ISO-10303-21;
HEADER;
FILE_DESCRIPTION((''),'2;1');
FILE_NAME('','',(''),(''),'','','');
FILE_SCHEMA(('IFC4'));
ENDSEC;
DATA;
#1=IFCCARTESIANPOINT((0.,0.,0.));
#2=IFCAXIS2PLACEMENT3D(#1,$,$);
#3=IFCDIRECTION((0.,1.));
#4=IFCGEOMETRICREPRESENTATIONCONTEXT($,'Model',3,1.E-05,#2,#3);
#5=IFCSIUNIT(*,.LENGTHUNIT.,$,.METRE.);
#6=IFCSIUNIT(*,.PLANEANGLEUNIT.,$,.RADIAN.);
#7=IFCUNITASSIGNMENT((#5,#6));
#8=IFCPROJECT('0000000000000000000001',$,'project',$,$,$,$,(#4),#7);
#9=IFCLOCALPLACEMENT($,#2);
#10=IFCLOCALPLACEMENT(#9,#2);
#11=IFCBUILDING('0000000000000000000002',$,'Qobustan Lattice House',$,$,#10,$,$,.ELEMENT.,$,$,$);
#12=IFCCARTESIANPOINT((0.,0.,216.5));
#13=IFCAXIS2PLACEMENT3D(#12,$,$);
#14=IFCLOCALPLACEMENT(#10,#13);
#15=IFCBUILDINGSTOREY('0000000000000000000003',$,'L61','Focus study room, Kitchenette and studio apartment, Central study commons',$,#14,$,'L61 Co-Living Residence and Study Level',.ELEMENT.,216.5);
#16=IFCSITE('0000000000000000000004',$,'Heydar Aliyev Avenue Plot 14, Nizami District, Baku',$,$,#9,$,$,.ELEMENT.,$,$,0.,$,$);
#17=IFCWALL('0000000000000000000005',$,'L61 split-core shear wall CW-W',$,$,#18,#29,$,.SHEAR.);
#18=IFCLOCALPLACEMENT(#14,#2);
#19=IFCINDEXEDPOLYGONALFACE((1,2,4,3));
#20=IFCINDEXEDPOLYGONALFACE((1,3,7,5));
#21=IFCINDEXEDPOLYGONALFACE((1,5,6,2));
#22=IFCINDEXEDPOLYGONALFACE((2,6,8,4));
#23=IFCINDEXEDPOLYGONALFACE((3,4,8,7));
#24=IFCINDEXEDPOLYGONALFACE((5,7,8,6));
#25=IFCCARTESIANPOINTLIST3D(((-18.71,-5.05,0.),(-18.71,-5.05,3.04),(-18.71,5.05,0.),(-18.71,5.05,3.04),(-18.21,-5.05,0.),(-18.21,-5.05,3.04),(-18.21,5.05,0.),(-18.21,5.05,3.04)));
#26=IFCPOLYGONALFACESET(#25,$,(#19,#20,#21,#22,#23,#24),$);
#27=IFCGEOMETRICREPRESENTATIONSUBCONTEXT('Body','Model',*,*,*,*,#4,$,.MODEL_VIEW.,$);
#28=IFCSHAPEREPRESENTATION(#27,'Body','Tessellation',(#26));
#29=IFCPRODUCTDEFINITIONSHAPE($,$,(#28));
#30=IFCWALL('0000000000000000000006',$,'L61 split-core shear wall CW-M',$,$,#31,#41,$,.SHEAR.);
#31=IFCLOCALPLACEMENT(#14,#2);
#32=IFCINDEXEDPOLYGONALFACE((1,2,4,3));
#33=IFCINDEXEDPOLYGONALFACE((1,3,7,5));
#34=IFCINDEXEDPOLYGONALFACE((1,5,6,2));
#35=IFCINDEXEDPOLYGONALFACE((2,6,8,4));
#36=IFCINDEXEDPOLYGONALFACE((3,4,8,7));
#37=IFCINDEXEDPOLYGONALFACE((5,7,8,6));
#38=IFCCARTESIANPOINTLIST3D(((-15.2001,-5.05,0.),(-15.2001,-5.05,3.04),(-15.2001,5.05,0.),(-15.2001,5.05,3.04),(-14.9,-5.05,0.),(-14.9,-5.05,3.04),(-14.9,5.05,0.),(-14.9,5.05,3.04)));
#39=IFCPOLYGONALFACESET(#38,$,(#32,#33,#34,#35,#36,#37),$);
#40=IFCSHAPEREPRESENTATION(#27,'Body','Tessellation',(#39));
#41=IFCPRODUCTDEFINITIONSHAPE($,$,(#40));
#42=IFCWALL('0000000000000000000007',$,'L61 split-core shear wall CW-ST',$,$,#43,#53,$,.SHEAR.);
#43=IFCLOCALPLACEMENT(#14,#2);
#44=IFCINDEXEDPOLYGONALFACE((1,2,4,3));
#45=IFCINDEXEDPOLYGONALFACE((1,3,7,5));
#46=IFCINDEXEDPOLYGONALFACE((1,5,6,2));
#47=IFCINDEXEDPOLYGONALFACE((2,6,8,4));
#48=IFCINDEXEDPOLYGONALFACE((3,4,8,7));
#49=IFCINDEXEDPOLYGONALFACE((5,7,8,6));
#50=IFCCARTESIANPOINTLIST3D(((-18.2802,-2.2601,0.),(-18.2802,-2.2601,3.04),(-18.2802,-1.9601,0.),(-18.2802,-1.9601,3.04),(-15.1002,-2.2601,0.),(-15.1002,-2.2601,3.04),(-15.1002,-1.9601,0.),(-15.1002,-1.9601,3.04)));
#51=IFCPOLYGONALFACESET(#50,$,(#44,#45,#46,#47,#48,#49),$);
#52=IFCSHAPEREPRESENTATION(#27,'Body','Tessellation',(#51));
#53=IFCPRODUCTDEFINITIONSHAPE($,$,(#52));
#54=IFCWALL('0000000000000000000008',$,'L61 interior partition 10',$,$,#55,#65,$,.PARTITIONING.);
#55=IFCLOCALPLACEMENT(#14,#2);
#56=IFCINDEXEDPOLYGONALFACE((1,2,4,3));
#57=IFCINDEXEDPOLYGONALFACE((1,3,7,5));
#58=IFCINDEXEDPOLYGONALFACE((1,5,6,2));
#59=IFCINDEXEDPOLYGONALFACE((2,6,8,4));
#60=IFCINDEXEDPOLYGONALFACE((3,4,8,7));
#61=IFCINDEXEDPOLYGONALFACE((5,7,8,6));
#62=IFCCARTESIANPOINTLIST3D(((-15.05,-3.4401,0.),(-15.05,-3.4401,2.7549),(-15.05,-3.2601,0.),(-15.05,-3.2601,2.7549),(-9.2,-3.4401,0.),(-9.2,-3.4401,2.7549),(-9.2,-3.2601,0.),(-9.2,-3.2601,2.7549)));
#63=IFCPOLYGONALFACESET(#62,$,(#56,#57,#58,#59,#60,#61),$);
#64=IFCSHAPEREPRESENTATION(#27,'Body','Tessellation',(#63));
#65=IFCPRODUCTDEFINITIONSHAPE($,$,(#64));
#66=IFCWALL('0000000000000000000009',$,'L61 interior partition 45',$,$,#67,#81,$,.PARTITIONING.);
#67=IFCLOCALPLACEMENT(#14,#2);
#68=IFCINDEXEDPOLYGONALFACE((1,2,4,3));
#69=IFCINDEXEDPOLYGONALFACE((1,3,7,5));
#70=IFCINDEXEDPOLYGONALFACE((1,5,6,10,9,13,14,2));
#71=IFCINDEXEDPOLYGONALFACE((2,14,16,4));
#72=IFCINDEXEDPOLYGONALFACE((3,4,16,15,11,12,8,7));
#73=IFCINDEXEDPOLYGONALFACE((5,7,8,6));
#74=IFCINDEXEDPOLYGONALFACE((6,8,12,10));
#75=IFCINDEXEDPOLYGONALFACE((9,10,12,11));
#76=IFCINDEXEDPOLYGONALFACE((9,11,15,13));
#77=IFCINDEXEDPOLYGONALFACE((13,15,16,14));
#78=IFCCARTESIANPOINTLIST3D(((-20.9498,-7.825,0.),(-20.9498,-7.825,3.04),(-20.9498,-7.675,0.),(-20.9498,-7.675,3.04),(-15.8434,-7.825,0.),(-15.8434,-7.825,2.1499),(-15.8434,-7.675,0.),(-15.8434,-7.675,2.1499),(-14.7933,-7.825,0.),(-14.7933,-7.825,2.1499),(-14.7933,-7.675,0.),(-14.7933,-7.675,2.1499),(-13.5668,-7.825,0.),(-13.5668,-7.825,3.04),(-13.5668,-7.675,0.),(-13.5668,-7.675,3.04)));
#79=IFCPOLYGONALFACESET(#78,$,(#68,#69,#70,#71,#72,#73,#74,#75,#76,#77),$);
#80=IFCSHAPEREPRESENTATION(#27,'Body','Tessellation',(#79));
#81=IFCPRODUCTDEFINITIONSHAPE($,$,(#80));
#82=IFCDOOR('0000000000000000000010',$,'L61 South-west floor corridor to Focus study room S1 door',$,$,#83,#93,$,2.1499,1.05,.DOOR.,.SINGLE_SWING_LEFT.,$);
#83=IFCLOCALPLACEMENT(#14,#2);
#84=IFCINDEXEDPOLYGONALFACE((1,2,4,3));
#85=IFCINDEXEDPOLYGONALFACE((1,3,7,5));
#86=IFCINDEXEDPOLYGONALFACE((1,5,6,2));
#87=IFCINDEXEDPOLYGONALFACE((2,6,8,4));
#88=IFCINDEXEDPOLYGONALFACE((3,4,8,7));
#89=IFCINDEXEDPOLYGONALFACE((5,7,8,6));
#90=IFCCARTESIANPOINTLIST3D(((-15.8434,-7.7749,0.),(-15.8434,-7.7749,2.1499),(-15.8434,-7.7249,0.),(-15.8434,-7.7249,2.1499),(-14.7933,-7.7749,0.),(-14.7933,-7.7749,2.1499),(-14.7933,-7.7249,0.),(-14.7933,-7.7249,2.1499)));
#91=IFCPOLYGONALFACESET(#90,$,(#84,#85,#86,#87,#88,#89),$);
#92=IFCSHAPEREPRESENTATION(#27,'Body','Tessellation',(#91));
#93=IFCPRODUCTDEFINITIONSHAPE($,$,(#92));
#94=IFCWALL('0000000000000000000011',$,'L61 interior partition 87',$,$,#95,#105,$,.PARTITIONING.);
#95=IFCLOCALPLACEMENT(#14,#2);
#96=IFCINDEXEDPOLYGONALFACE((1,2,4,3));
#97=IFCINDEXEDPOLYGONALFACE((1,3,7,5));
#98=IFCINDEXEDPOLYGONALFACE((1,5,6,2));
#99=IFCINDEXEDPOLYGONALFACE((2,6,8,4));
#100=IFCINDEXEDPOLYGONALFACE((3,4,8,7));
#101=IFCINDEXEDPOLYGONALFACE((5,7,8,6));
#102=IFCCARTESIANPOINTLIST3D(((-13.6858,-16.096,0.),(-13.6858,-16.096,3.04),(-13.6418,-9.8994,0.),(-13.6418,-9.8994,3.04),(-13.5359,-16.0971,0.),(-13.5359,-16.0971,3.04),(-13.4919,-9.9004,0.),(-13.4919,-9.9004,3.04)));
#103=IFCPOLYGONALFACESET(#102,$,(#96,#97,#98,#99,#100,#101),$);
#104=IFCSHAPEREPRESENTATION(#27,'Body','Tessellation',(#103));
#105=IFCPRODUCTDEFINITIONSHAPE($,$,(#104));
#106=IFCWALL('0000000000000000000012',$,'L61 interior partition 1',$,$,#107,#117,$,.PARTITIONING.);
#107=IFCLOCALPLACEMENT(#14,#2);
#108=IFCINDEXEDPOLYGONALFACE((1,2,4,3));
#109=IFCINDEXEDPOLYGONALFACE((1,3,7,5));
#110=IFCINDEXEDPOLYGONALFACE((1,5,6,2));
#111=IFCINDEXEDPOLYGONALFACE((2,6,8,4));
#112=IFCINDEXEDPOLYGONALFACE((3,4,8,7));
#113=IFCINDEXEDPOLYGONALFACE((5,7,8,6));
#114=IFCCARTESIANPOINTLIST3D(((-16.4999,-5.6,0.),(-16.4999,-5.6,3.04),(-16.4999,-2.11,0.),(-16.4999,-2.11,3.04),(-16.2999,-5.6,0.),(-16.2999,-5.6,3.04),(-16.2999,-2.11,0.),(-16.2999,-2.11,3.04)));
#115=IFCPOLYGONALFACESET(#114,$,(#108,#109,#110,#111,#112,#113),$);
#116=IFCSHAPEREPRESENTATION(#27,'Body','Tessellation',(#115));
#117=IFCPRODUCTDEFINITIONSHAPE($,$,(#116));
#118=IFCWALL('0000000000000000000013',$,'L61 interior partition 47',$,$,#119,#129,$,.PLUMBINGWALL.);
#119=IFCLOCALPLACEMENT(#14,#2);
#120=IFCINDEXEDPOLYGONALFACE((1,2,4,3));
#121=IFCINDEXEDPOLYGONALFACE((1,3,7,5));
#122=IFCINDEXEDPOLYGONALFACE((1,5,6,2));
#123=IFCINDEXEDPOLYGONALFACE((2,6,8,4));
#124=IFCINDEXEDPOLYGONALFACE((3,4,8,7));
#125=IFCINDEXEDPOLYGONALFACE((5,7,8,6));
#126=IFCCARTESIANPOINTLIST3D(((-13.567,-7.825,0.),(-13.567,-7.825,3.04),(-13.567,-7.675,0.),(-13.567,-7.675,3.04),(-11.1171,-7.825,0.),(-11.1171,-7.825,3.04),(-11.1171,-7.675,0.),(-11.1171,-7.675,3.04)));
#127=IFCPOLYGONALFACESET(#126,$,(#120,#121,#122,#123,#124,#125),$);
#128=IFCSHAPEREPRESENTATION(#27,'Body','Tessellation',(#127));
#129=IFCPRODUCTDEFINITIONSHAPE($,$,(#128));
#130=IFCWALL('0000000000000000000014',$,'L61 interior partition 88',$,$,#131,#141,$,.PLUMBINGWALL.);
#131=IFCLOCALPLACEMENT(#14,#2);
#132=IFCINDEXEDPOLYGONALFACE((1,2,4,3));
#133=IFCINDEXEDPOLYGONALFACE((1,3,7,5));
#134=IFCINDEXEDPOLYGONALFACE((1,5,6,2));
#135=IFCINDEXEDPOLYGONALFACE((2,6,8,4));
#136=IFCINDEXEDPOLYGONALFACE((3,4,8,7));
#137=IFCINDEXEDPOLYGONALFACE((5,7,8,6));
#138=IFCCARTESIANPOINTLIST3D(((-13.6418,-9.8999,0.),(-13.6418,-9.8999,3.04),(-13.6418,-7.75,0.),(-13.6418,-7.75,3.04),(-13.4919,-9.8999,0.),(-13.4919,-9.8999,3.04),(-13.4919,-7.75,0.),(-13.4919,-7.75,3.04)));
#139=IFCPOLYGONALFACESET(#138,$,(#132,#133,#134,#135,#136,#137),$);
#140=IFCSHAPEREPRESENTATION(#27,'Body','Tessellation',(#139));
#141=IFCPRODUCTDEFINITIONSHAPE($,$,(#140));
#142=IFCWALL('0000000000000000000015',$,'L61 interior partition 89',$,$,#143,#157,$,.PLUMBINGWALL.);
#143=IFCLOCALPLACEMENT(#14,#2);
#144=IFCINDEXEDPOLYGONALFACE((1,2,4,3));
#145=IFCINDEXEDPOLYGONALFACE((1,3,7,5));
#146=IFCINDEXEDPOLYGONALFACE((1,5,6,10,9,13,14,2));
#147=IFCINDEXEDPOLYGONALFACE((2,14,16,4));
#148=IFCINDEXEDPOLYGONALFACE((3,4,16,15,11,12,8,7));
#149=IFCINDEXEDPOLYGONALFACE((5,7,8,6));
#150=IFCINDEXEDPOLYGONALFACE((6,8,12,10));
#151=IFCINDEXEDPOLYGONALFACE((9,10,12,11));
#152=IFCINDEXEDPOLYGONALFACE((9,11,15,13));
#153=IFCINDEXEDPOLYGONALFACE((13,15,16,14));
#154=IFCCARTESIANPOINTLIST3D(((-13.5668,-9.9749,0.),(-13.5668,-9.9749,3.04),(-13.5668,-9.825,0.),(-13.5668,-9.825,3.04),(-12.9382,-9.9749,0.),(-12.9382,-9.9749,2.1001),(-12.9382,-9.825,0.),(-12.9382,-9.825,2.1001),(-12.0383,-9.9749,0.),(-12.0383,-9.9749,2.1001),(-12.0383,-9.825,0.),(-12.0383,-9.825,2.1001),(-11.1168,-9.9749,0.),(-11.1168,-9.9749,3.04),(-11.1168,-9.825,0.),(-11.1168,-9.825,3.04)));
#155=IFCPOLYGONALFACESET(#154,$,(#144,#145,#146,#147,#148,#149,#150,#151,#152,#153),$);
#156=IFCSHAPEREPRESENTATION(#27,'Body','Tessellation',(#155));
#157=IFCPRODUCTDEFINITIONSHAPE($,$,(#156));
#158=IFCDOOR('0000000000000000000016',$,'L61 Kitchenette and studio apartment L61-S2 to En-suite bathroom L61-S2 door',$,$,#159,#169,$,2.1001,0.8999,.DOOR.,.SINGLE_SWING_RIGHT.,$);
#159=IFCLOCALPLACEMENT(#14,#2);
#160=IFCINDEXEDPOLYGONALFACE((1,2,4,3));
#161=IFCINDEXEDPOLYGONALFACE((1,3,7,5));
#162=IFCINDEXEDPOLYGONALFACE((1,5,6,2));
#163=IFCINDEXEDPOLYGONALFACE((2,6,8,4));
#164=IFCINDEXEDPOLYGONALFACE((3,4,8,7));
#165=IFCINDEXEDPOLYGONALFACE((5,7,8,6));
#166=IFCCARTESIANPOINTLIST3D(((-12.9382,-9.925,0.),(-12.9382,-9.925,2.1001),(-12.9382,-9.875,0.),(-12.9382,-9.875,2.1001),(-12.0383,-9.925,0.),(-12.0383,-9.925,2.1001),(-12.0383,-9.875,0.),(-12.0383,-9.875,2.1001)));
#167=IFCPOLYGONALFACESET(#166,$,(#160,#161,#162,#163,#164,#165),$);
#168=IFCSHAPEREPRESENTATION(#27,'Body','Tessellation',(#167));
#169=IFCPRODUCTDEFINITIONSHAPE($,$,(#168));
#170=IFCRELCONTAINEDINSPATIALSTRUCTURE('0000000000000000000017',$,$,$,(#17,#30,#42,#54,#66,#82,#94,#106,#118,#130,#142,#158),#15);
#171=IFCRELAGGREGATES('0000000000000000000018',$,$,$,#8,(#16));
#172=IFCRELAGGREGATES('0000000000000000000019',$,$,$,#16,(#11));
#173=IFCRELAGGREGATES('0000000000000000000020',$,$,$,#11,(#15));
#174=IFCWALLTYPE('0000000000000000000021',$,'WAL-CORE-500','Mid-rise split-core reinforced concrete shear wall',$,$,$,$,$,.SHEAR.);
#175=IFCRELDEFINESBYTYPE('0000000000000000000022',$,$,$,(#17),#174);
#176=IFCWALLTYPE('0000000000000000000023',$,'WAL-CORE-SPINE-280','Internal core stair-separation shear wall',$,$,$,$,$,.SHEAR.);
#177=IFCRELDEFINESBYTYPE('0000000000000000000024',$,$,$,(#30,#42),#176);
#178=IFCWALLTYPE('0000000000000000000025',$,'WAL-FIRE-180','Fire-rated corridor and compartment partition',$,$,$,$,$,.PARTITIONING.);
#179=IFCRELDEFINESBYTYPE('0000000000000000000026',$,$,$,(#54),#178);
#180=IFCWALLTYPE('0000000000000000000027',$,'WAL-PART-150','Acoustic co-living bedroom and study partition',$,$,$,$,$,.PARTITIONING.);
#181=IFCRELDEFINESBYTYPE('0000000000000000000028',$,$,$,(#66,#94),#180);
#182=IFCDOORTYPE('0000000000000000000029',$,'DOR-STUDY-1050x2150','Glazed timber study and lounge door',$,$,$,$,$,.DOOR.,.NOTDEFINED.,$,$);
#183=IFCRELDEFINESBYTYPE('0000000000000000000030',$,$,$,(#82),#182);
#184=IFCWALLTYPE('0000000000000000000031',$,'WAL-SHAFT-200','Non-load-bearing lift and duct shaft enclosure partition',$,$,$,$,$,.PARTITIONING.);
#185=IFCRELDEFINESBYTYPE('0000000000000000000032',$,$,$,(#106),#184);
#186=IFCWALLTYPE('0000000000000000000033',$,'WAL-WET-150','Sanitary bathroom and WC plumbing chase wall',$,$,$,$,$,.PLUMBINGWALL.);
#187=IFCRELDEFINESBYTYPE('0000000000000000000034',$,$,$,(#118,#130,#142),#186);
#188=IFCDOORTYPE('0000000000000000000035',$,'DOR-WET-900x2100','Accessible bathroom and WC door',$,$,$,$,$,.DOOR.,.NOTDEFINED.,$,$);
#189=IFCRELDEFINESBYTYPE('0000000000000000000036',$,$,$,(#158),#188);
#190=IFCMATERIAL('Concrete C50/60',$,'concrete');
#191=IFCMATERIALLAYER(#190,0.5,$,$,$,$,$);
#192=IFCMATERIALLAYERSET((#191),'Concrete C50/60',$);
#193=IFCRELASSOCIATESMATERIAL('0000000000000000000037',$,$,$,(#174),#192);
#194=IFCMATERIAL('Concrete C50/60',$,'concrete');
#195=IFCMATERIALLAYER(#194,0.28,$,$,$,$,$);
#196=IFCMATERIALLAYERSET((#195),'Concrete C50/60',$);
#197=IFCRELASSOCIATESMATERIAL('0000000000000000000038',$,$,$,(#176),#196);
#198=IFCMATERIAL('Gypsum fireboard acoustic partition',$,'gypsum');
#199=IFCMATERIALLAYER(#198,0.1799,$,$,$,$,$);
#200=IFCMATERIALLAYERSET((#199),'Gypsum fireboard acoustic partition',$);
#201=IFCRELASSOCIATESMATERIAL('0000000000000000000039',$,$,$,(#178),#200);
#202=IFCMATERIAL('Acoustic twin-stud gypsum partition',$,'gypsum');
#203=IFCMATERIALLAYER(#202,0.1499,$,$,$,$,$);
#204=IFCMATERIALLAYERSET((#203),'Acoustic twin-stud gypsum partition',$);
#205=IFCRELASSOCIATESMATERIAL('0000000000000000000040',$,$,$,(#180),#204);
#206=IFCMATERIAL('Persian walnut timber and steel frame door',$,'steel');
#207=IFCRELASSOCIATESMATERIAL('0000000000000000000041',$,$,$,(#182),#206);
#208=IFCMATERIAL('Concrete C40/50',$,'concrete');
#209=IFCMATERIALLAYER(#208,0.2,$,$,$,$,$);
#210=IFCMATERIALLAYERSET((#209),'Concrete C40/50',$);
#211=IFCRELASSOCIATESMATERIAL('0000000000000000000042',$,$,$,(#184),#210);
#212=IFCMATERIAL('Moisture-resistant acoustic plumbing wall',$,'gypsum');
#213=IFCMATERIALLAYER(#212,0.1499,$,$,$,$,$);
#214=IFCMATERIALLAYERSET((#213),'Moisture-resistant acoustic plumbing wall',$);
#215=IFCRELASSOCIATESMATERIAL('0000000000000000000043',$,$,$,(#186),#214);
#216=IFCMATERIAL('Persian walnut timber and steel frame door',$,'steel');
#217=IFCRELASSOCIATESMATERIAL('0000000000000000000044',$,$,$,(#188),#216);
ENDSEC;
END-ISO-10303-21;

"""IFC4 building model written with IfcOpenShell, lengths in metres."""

from ifc_helpers import new_model, si_unit, direction, frame, frame_2d, origin, place, context, subcontext, project, spatial, rectangle, extrude, material, layer, layer_set, type_object, element, fill, save


model = new_model("IFC4")

# Units and contexts
model_context = context("Model", 3, precision=1e-05, world=origin(), true_north=direction((0.0, 1.0)))
body_context = subcontext(model_context, "Body", "Model", "MODEL_VIEW")
ifc_project = project(units=[si_unit("LENGTHUNIT", "METRE"), si_unit("PLANEANGLEUNIT", "RADIAN")], contexts=[model_context])

# Site, building, storey
site_placement = place(None, origin())
site = spatial("IfcSite", under=ifc_project, at=site_placement, Name="Heydar Aliyev Avenue Plot 14, Nizami District, Baku", CompositionType="ELEMENT", RefElevation=0.0)
building_placement = place(site_placement, origin())
building = spatial("IfcBuilding", under=site, at=building_placement, Name="Qobustan Lattice House", CompositionType="ELEMENT")
storey_placement = place(building_placement, frame((0.0, 0.0, 216.5)))
storey = spatial("IfcBuildingStorey", under=building, at=storey_placement, Name="L61", Description="Focus study room, Kitchenette and studio apartment, Central study commons", LongName="L61 Co-Living Residence and Study Level", CompositionType="ELEMENT", Elevation=216.5)

# Walls
ifc_material_1 = material(Name="Concrete C50/60", Category="concrete")
ifc_layer_1 = layer(ifc_material_1, 0.5)
ifc_layer_set_1 = layer_set([ifc_layer_1], Name="Concrete C50/60")
wall_type_1 = type_object("IfcWallType", Name="WAL-CORE-500", Description="Mid-rise split-core reinforced concrete shear wall", PredefinedType="SHEAR", material=ifc_layer_set_1)
wall_1_placement = place(storey_placement, frame((-18.46, -5.05, 0.0), z_axis=(0.0, 0.0, 1.0), x_axis=(0.0, 1.0, 0.0)))
element("IfcWall", 1, at=wall_1_placement, inside=storey, type_object=wall_type_1, Name="L61 split-core shear wall CW-W", PredefinedType="SHEAR", context=body_context, shape_type="SweptSolid", body=[
    extrude(rectangle(XDim=10.1001, YDim=0.5, at=frame_2d((5.05, 0.0))), origin(), (0.0, 0.0, 1.0), 3.04),
])
ifc_material_2 = material(Name="Concrete C50/60", Category="concrete")
ifc_layer_2 = layer(ifc_material_2, 0.28)
ifc_layer_set_2 = layer_set([ifc_layer_2], Name="Concrete C50/60")
wall_type_2 = type_object("IfcWallType", Name="WAL-CORE-SPINE-280", Description="Internal core stair-separation shear wall", PredefinedType="SHEAR", material=ifc_layer_set_2)
wall_2_placement = place(storey_placement, frame((-15.05, -5.05, 0.0), z_axis=(0.0, 0.0, 1.0), x_axis=(0.0, 1.0, 0.0)))
element("IfcWall", 2, at=wall_2_placement, inside=storey, type_object=wall_type_2, Name="L61 split-core shear wall CW-M", PredefinedType="SHEAR", context=body_context, shape_type="SweptSolid", body=[
    extrude(rectangle(XDim=10.1001, YDim=0.3, at=frame_2d((5.05, 0.0))), origin(), (0.0, 0.0, 1.0), 3.04),
])
wall_3_placement = place(storey_placement, frame((-18.28, -2.1101, 0.0), z_axis=(0.0, 0.0, 1.0), x_axis=(1.0, 0.0, 0.0)))
element("IfcWall", 3, at=wall_3_placement, inside=storey, type_object=wall_type_2, Name="L61 split-core shear wall CW-ST", PredefinedType="SHEAR", context=body_context, shape_type="SweptSolid", body=[
    extrude(rectangle(XDim=3.1799, YDim=0.3, at=frame_2d((1.5898, 0.0))), origin(), (0.0, 0.0, 1.0), 3.04),
])
ifc_material_3 = material(Name="Gypsum fireboard acoustic partition", Category="gypsum")
ifc_layer_3 = layer(ifc_material_3, 0.1799)
ifc_layer_set_3 = layer_set([ifc_layer_3], Name="Gypsum fireboard acoustic partition")
wall_type_3 = type_object("IfcWallType", Name="WAL-FIRE-180", Description="Fire-rated corridor and compartment partition", PredefinedType="PARTITIONING", material=ifc_layer_set_3)
wall_4_placement = place(storey_placement, frame((-15.05, -3.3501, 0.0), z_axis=(0.0, 0.0, 1.0), x_axis=(1.0, 0.0, 0.0)))
element("IfcWall", 4, at=wall_4_placement, inside=storey, type_object=wall_type_3, Name="L61 interior partition 10", PredefinedType="PARTITIONING", context=body_context, shape_type="SweptSolid", body=[
    extrude(rectangle(XDim=5.8501, YDim=0.1799, at=frame_2d((2.925, 0.0))), origin(), (0.0, 0.0, 1.0), 2.7549),
])

# Wall, opening, door
ifc_material_4 = material(Name="Acoustic twin-stud gypsum partition", Category="gypsum")
ifc_layer_4 = layer(ifc_material_4, 0.1499)
ifc_layer_set_4 = layer_set([ifc_layer_4], Name="Acoustic twin-stud gypsum partition")
wall_type_4 = type_object("IfcWallType", Name="WAL-PART-150", Description="Acoustic co-living bedroom and study partition", PredefinedType="PARTITIONING", material=ifc_layer_set_4)
wall_5_placement = place(storey_placement, frame((-13.5669, -7.75, 0.0), z_axis=(0.0, 0.0, 1.0), x_axis=(-1.0, 0.0, 0.0)))
wall_5 = element("IfcWall", 5, at=wall_5_placement, inside=storey, type_object=wall_type_4, Name="L61 interior partition 45", PredefinedType="PARTITIONING", context=body_context, shape_type="SweptSolid", body=[
    extrude(rectangle(XDim=7.3831, YDim=0.1499, at=frame_2d((3.6914, 0.0))), origin(), (0.0, 0.0, 1.0), 3.04),
])
opening_1_placement = place(wall_5_placement, frame((1.2266, 0.0, 0.0)))
opening_1 = element("IfcOpeningElement", 6, at=opening_1_placement, cuts=wall_5, PredefinedType="OPENING", context=body_context, shape_type="SweptSolid", body=[
    extrude(rectangle(XDim=1.05, YDim=2.1499, at=frame_2d((0.5249, 1.075))), frame((0.0, 0.085, 0.0), z_axis=(0.0, -1.0, 0.0), x_axis=(1.0, 0.0, 0.0)), (0.0, 0.0, 1.0), 0.1699),
])
ifc_material_5 = material(Name="Persian walnut timber and steel frame door", Category="steel")
door_type_1 = type_object("IfcDoorType", Name="DOR-STUDY-1050x2150", Description="Glazed timber study and lounge door", OperationType="NOTDEFINED", PredefinedType="DOOR", material=ifc_material_5)
door_1_placement = place(opening_1_placement, origin())
door_1 = element("IfcDoor", 7, at=door_1_placement, inside=storey, type_object=door_type_1, Name="L61 South-west floor corridor to Focus study room S1 door", OperationType="SINGLE_SWING_LEFT", OverallHeight=2.1499, OverallWidth=1.05, PredefinedType="DOOR", context=body_context, shape_type="SweptSolid", body=[
    extrude(rectangle(XDim=1.05, YDim=2.1499, at=frame_2d((0.5249, 1.075))), frame((0.0, 0.0249, 0.0), z_axis=(0.0, -1.0, 0.0), x_axis=(1.0, 0.0, 0.0)), (0.0, 0.0, 1.0), 0.05),
])
fill(opening_1, door_1)

# Walls
wall_6_placement = place(storey_placement, frame((-13.5669, -9.8999, 0.0), z_axis=(0.0, 0.0, 1.0), x_axis=(-0.007092, -0.999975, 0.0)))
element("IfcWall", 8, at=wall_6_placement, inside=storey, type_object=wall_type_4, Name="L61 interior partition 87", PredefinedType="PARTITIONING", context=body_context, shape_type="SweptSolid", body=[
    extrude(rectangle(XDim=6.1968, YDim=0.1499, at=frame_2d((3.0984, 0.0))), origin(), (0.0, 0.0, 1.0), 3.04),
])
ifc_material_6 = material(Name="Concrete C40/50", Category="concrete")
ifc_layer_5 = layer(ifc_material_6, 0.2)
ifc_layer_set_5 = layer_set([ifc_layer_5], Name="Concrete C40/50")
wall_type_5 = type_object("IfcWallType", Name="WAL-SHAFT-200", Description="Non-load-bearing lift and duct shaft enclosure partition", PredefinedType="PARTITIONING", material=ifc_layer_set_5)
wall_7_placement = place(storey_placement, frame((-16.3999, -5.6001, 0.0), z_axis=(0.0, 0.0, 1.0), x_axis=(0.0, 1.0, 0.0)))
element("IfcWall", 9, at=wall_7_placement, inside=storey, type_object=wall_type_5, Name="L61 interior partition 1", PredefinedType="PARTITIONING", context=body_context, shape_type="SweptSolid", body=[
    extrude(rectangle(XDim=3.49, YDim=0.2, at=frame_2d((1.7451, 0.0))), origin(), (0.0, 0.0, 1.0), 3.04),
])
ifc_material_7 = material(Name="Moisture-resistant acoustic plumbing wall", Category="gypsum")
ifc_layer_6 = layer(ifc_material_7, 0.1499)
ifc_layer_set_6 = layer_set([ifc_layer_6], Name="Moisture-resistant acoustic plumbing wall")
wall_type_6 = type_object("IfcWallType", Name="WAL-WET-150", Description="Sanitary bathroom and WC plumbing chase wall", PredefinedType="PLUMBINGWALL", material=ifc_layer_set_6)
wall_8_placement = place(storey_placement, frame((-11.1169, -7.75, 0.0), z_axis=(0.0, 0.0, 1.0), x_axis=(-1.0, 0.0, 0.0)))
element("IfcWall", 10, at=wall_8_placement, inside=storey, type_object=wall_type_6, Name="L61 interior partition 47", PredefinedType="PLUMBINGWALL", context=body_context, shape_type="SweptSolid", body=[
    extrude(rectangle(XDim=2.45, YDim=0.1499, at=frame_2d((1.2251, 0.0))), origin(), (0.0, 0.0, 1.0), 3.04),
])
wall_9_placement = place(storey_placement, frame((-13.5669, -7.75, 0.0), z_axis=(0.0, 0.0, 1.0), x_axis=(0.0, -1.0, 0.0)))
element("IfcWall", 11, at=wall_9_placement, inside=storey, type_object=wall_type_6, Name="L61 interior partition 88", PredefinedType="PLUMBINGWALL", context=body_context, shape_type="SweptSolid", body=[
    extrude(rectangle(XDim=2.1499, YDim=0.1499, at=frame_2d((1.075, 0.0))), origin(), (0.0, 0.0, 1.0), 3.04),
])

# Wall, opening, door
wall_10_placement = place(storey_placement, frame((-13.5669, -9.8999, 0.0), z_axis=(0.0, 0.0, 1.0), x_axis=(1.0, 0.0, 0.0)))
wall_10 = element("IfcWall", 12, at=wall_10_placement, inside=storey, type_object=wall_type_6, Name="L61 interior partition 89", PredefinedType="PLUMBINGWALL", context=body_context, shape_type="SweptSolid", body=[
    extrude(rectangle(XDim=2.45, YDim=0.1499, at=frame_2d((1.2251, 0.0))), origin(), (0.0, 0.0, 1.0), 3.04),
])
opening_2_placement = place(wall_10_placement, frame((0.6287, 0.0, 0.0)))
opening_2 = element("IfcOpeningElement", 13, at=opening_2_placement, cuts=wall_10, PredefinedType="OPENING", context=body_context, shape_type="SweptSolid", body=[
    extrude(rectangle(XDim=0.8999, YDim=2.1001, at=frame_2d((0.45, 1.05))), frame((0.0, 0.085, 0.0), z_axis=(0.0, -1.0, 0.0), x_axis=(1.0, 0.0, 0.0)), (0.0, 0.0, 1.0), 0.1699),
])
ifc_material_8 = material(Name="Persian walnut timber and steel frame door", Category="steel")
door_type_2 = type_object("IfcDoorType", Name="DOR-WET-900x2100", Description="Accessible bathroom and WC door", OperationType="NOTDEFINED", PredefinedType="DOOR", material=ifc_material_8)
door_2_placement = place(opening_2_placement, origin())
door_2 = element("IfcDoor", 14, at=door_2_placement, inside=storey, type_object=door_type_2, Name="L61 Kitchenette and studio apartment L61-S2 to En-suite bathroom L61-S2 door", OperationType="SINGLE_SWING_RIGHT", OverallHeight=2.1001, OverallWidth=0.8999, PredefinedType="DOOR", context=body_context, shape_type="SweptSolid", body=[
    extrude(rectangle(XDim=0.8999, YDim=2.1001, at=frame_2d((0.45, 1.05))), frame((0.0, 0.0249, 0.0), z_axis=(0.0, -1.0, 0.0), x_axis=(1.0, 0.0, 0.0)), (0.0, 0.0, 1.0), 0.05),
])
fill(opening_2, door_2)

save(model, "model.ifc")
